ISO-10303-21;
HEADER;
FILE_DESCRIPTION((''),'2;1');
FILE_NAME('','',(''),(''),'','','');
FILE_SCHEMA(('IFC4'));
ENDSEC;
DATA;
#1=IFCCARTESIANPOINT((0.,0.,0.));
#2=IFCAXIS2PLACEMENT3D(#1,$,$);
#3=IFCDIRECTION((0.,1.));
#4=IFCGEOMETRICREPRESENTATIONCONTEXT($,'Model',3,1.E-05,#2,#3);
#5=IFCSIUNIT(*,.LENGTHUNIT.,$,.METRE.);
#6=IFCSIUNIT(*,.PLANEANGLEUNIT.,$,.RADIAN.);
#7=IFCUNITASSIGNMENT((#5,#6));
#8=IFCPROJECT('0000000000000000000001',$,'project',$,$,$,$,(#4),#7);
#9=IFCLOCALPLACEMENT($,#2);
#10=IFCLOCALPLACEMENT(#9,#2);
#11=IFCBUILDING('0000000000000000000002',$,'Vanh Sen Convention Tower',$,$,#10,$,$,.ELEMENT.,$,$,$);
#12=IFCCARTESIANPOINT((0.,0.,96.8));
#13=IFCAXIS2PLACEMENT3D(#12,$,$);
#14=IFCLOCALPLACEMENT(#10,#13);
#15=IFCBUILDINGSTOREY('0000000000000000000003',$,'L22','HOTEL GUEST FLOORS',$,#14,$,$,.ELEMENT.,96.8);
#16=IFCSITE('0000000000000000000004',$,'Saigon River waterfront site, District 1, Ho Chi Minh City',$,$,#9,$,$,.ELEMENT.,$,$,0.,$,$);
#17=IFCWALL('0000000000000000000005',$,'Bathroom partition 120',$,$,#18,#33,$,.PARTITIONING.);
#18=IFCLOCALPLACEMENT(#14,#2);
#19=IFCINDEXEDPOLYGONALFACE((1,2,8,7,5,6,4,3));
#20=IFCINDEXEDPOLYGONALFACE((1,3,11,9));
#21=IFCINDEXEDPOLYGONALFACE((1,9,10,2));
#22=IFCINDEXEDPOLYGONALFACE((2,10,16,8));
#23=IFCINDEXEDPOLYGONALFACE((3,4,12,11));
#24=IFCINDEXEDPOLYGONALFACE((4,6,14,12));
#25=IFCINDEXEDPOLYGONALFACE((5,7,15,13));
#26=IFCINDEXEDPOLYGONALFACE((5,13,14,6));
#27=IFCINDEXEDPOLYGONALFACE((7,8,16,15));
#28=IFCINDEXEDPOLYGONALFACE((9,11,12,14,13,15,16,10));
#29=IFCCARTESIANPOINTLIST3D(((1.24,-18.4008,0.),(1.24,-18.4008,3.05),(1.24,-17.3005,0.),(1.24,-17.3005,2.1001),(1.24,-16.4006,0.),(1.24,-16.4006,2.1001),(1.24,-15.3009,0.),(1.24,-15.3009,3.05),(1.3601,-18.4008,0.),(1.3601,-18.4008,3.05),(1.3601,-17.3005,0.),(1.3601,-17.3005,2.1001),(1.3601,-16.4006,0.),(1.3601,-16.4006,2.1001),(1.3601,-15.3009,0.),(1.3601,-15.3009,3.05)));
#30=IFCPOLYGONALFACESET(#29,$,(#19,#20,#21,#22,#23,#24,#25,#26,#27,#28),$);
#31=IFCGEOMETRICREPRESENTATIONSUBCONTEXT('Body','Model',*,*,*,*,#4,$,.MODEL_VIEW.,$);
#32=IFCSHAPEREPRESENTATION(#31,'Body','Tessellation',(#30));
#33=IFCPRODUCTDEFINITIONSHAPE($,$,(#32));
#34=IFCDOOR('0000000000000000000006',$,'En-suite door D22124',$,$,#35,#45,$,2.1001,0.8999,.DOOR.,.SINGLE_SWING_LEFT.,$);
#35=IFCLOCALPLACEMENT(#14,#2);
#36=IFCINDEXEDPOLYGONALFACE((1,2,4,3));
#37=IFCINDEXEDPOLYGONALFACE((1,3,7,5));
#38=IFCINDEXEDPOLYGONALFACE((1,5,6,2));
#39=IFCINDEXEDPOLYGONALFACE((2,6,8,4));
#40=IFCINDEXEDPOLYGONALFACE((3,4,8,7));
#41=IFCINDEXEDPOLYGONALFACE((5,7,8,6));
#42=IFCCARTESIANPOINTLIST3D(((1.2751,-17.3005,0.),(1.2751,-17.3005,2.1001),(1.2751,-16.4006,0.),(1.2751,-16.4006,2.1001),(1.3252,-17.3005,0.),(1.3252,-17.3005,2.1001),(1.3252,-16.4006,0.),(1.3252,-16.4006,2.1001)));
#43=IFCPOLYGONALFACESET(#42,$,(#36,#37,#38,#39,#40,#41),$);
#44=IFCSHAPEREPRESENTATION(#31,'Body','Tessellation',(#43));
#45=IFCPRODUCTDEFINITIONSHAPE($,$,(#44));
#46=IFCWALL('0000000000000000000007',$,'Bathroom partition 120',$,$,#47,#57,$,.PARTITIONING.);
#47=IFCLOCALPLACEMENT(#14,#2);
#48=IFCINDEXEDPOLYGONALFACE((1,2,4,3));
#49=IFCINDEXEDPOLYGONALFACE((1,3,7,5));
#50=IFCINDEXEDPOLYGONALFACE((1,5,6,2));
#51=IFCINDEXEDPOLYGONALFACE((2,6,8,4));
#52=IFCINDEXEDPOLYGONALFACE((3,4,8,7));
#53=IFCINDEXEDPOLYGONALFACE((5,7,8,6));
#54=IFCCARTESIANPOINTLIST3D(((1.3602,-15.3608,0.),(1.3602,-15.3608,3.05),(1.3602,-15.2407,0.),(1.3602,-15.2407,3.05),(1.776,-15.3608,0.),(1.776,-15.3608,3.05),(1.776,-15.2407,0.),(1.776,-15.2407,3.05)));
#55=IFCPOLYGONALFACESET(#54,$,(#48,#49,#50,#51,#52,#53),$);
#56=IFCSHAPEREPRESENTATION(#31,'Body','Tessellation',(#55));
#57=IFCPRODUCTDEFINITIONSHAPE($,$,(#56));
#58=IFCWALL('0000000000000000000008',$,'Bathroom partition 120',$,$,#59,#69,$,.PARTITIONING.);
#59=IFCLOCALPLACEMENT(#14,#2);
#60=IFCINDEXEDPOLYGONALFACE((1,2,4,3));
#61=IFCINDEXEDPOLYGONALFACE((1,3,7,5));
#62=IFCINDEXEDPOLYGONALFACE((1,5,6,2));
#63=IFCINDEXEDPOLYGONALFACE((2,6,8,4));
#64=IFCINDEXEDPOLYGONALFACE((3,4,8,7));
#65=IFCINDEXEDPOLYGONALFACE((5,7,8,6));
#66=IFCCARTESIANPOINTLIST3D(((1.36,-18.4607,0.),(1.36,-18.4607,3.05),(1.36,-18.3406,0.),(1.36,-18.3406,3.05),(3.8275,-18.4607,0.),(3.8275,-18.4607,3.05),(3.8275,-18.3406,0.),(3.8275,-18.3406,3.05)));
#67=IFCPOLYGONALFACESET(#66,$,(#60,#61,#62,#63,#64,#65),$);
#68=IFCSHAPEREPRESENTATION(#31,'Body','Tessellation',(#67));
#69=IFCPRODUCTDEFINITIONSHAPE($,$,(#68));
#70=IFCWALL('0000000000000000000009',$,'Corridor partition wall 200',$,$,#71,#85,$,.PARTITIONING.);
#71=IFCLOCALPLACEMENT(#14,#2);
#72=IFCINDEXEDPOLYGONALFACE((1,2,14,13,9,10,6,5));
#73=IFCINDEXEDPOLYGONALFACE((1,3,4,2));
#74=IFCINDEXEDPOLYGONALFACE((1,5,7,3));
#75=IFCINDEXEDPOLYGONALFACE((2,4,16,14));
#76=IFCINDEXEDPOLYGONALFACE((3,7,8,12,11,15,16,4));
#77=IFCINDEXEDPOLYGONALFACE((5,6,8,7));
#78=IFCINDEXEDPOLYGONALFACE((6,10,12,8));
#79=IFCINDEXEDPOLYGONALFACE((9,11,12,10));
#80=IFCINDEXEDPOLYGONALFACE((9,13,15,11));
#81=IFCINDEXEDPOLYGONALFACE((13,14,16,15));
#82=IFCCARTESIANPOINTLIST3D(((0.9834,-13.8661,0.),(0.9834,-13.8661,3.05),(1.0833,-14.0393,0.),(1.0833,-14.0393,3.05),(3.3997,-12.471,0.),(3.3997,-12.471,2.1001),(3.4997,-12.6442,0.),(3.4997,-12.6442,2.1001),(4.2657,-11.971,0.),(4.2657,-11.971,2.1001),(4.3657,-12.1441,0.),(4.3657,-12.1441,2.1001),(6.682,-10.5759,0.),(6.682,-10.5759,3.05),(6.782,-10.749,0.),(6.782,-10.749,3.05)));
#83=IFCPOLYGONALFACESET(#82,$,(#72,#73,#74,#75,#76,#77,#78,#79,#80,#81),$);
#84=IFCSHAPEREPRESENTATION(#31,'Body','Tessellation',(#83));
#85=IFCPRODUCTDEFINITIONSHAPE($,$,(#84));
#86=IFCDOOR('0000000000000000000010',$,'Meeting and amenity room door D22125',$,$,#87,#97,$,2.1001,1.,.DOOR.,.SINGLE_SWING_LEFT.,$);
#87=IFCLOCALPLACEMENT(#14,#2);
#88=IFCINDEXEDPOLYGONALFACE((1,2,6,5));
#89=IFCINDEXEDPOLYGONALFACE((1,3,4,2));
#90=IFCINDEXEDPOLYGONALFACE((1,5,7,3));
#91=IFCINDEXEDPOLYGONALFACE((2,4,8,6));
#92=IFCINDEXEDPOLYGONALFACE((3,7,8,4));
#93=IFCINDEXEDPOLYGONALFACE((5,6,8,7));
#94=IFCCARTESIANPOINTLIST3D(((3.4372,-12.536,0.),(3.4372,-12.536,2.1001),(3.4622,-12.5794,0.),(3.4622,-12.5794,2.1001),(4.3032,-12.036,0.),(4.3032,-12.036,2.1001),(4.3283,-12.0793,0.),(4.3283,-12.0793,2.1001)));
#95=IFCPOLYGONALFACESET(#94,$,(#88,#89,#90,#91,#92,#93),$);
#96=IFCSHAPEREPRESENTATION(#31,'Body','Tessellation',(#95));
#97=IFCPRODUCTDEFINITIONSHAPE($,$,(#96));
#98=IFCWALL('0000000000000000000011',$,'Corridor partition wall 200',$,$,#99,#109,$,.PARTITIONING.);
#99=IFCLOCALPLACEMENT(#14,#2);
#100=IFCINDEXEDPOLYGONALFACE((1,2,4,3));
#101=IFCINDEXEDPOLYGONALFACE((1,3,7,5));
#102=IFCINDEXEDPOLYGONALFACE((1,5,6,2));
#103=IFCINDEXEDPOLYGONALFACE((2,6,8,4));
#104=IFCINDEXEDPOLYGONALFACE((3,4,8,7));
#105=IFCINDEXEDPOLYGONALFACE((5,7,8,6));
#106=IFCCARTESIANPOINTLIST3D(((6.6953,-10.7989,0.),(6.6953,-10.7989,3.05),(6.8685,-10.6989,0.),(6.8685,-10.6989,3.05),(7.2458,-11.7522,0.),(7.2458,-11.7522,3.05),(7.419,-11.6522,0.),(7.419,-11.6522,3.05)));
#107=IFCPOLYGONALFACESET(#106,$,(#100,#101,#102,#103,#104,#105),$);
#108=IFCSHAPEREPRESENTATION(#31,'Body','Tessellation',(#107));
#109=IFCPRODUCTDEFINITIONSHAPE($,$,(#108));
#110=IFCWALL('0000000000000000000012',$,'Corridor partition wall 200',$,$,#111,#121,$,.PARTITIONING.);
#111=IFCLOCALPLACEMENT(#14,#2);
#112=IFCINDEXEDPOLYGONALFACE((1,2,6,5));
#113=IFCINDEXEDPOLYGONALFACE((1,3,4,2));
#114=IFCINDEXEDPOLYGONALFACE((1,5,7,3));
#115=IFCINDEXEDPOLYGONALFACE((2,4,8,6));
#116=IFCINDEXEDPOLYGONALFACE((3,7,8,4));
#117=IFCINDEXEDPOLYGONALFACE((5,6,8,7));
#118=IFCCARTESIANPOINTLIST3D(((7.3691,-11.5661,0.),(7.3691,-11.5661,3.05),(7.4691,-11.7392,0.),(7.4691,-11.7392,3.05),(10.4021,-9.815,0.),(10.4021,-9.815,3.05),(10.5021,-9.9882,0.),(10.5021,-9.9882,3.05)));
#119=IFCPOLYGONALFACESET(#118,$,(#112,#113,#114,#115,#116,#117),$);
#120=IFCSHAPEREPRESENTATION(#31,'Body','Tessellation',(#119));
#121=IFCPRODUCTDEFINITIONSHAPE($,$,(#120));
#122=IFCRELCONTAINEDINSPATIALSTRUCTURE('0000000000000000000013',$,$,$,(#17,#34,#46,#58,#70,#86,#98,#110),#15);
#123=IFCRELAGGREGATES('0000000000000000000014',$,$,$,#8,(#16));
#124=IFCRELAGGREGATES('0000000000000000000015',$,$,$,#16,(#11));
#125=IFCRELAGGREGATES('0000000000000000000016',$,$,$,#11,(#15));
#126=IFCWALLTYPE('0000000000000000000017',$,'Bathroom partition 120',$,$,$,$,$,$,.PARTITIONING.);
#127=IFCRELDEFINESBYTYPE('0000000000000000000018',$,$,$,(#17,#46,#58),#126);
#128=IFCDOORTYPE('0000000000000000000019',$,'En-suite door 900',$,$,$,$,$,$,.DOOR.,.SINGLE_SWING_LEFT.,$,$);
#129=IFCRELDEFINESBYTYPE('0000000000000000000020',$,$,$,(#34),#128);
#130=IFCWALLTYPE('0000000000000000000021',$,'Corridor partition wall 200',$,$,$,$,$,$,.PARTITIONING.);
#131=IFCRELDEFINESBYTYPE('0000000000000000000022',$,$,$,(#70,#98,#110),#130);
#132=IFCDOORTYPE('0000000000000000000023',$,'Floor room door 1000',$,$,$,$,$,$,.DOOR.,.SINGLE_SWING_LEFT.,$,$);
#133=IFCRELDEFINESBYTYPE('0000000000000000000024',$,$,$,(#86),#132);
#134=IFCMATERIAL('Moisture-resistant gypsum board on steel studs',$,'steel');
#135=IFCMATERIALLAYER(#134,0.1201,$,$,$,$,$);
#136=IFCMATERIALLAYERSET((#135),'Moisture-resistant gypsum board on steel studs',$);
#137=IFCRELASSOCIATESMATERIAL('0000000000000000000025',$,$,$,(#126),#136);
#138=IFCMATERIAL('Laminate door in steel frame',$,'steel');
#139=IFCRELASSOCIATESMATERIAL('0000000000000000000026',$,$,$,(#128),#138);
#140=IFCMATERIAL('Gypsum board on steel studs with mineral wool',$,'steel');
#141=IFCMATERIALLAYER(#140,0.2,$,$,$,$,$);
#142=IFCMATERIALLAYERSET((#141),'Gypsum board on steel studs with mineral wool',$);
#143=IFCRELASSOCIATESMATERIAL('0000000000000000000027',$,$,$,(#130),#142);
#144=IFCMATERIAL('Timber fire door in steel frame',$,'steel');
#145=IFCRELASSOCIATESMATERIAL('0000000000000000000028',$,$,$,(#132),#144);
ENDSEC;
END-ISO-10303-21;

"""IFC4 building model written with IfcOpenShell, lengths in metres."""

from ifc_helpers import new_model, si_unit, direction, frame, frame_2d, origin, place, context, subcontext, project, spatial, rectangle, extrude, material, layer, layer_set, type_object, element, fill, save


model = new_model("IFC4")

# Units and contexts
model_context = context("Model", 3, precision=1e-05, world=origin(), true_north=direction((0.0, 1.0)))
body_context = subcontext(model_context, "Body", "Model", "MODEL_VIEW")
ifc_project = project(units=[si_unit("LENGTHUNIT", "METRE"), si_unit("PLANEANGLEUNIT", "RADIAN")], contexts=[model_context])

# Site, building, storey
site_placement = place(None, origin())
site = spatial("IfcSite", under=ifc_project, at=site_placement, Name="Saigon River waterfront site, District 1, Ho Chi Minh City", CompositionType="ELEMENT", RefElevation=0.0)
building_placement = place(site_placement, origin())
building = spatial("IfcBuilding", under=site, at=building_placement, Name="Vanh Sen Convention Tower", CompositionType="ELEMENT")
storey_placement = place(building_placement, frame((0.0, 0.0, 96.8)))
storey = spatial("IfcBuildingStorey", under=building, at=storey_placement, Name="L22", Description="HOTEL GUEST FLOORS", CompositionType="ELEMENT", Elevation=96.8)

# Wall, opening, door
ifc_material_1 = material(Name="Moisture-resistant gypsum board on steel studs", Category="steel")
ifc_layer_1 = layer(ifc_material_1, 0.1201)
ifc_layer_set_1 = layer_set([ifc_layer_1], Name="Moisture-resistant gypsum board on steel studs")
wall_type_1 = type_object("IfcWallType", Name="Bathroom partition 120", PredefinedType="PARTITIONING", material=ifc_layer_set_1)
wall_1_placement = place(storey_placement, frame((1.3, -18.4006, 0.0), z_axis=(0.0, 0.0, 1.0), x_axis=(0.0, 1.0, 0.0)))
wall_1 = element("IfcWall", 1, at=wall_1_placement, inside=storey, type_object=wall_type_1, Name="Bathroom partition 120", PredefinedType="PARTITIONING", context=body_context, shape_type="SweptSolid", body=[
    extrude(rectangle(XDim=3.0999, YDim=0.1201, at=frame_2d((1.5498, 0.0))), origin(), (0.0, 0.0, 1.0), 3.05),
])
opening_1_placement = place(wall_1_placement, frame((1.1001, 0.0, 0.0)))
opening_1 = element("IfcOpeningElement", 2, at=opening_1_placement, cuts=wall_1, PredefinedType="OPENING", context=body_context, shape_type="SweptSolid", body=[
    extrude(rectangle(XDim=0.8999, YDim=2.1001, at=frame_2d((0.45, 1.05))), frame((0.0, 0.0701, 0.0), z_axis=(0.0, -1.0, 0.0), x_axis=(1.0, 0.0, 0.0)), (0.0, 0.0, 1.0), 0.1401),
])
ifc_material_2 = material(Name="Laminate door in steel frame", Category="steel")
door_type_1 = type_object("IfcDoorType", Name="En-suite door 900", OperationType="SINGLE_SWING_LEFT", PredefinedType="DOOR", material=ifc_material_2)
door_1_placement = place(opening_1_placement, origin())
door_1 = element("IfcDoor", 3, at=door_1_placement, inside=storey, type_object=door_type_1, Name="En-suite door D22124", OperationType="SINGLE_SWING_LEFT", OverallHeight=2.1001, OverallWidth=0.8999, PredefinedType="DOOR", context=body_context, shape_type="SweptSolid", body=[
    extrude(rectangle(XDim=0.8999, YDim=2.1001, at=frame_2d((0.45, 1.05))), frame((0.0, 0.0249, 0.0), z_axis=(0.0, -1.0, 0.0), x_axis=(1.0, 0.0, 0.0)), (0.0, 0.0, 1.0), 0.05),
])
fill(opening_1, door_1)

# Walls
wall_2_placement = place(storey_placement, frame((1.3601, -15.3008, 0.0), z_axis=(0.0, 0.0, 1.0), x_axis=(1.0, 0.0, 0.0)))
element("IfcWall", 4, at=wall_2_placement, inside=storey, type_object=wall_type_1, Name="Bathroom partition 120", PredefinedType="PARTITIONING", context=body_context, shape_type="SweptSolid", body=[
    extrude(rectangle(XDim=0.4158, YDim=0.1201, at=frame_2d((0.208, 0.0))), origin(), (0.0, 0.0, 1.0), 3.05),
])
wall_3_placement = place(storey_placement, frame((3.8276, -18.4006, 0.0), z_axis=(0.0, 0.0, 1.0), x_axis=(-1.0, 0.0, 0.0)))
element("IfcWall", 5, at=wall_3_placement, inside=storey, type_object=wall_type_1, Name="Bathroom partition 120", PredefinedType="PARTITIONING", context=body_context, shape_type="SweptSolid", body=[
    extrude(rectangle(XDim=2.4675, YDim=0.1201, at=frame_2d((1.2339, 0.0))), origin(), (0.0, 0.0, 1.0), 3.05),
])

# Wall, opening, door
ifc_material_3 = material(Name="Gypsum board on steel studs with mineral wool", Category="steel")
ifc_layer_2 = layer(ifc_material_3, 0.2)
ifc_layer_set_2 = layer_set([ifc_layer_2], Name="Gypsum board on steel studs with mineral wool")
wall_type_2 = type_object("IfcWallType", Name="Corridor partition wall 200", PredefinedType="PARTITIONING", material=ifc_layer_set_2)
wall_4_placement = place(storey_placement, frame((1.0334, -13.9526, 0.0), z_axis=(0.0, 0.0, 1.0), x_axis=(0.866018, 0.500014, 0.0)))
wall_4 = element("IfcWall", 6, at=wall_4_placement, inside=storey, type_object=wall_type_2, Name="Corridor partition wall 200", PredefinedType="PARTITIONING", context=body_context, shape_type="SweptSolid", body=[
    extrude(rectangle(XDim=6.5803, YDim=0.2, at=frame_2d((3.29, 0.0))), origin(), (0.0, 0.0, 1.0), 3.05),
])
opening_2_placement = place(wall_4_placement, frame((2.79, 0.0, 0.0)))
opening_2 = element("IfcOpeningElement", 7, at=opening_2_placement, cuts=wall_4, PredefinedType="OPENING", context=body_context, shape_type="SweptSolid", body=[
    extrude(rectangle(XDim=1.0, YDim=2.1001, at=frame_2d((0.5, 1.05))), frame((0.0, 0.1099, 0.0), z_axis=(0.0, -1.0, 0.0), x_axis=(1.0, 0.0, 0.0)), (0.0, 0.0, 1.0), 0.22),
])
ifc_material_4 = material(Name="Timber fire door in steel frame", Category="steel")
door_type_2 = type_object("IfcDoorType", Name="Floor room door 1000", OperationType="SINGLE_SWING_LEFT", PredefinedType="DOOR", material=ifc_material_4)
door_2_placement = place(opening_2_placement, origin())
door_2 = element("IfcDoor", 8, at=door_2_placement, inside=storey, type_object=door_type_2, Name="Meeting and amenity room door D22125", OperationType="SINGLE_SWING_LEFT", OverallHeight=2.1001, OverallWidth=1.0, PredefinedType="DOOR", context=body_context, shape_type="SweptSolid", body=[
    extrude(rectangle(XDim=1.0, YDim=2.1001, at=frame_2d((0.5, 1.05))), frame((0.0, 0.0249, 0.0), z_axis=(0.0, -1.0, 0.0), x_axis=(1.0, 0.0, 0.0)), (0.0, 0.0, 1.0), 0.05),
])
fill(opening_2, door_2)

# Walls
wall_5_placement = place(storey_placement, frame((6.782, -10.749, 0.0), z_axis=(0.0, 0.0, 1.0), x_axis=(0.500074, -0.865982, 0.0)))
element("IfcWall", 9, at=wall_5_placement, inside=storey, type_object=wall_type_2, Name="Corridor partition wall 200", PredefinedType="PARTITIONING", context=body_context, shape_type="SweptSolid", body=[
    extrude(rectangle(XDim=1.1008, YDim=0.2, at=frame_2d((0.5503, 0.0))), origin(), (0.0, 0.0, 1.0), 3.05),
])
wall_6_placement = place(storey_placement, frame((7.4192, -11.6526, 0.0), z_axis=(0.0, 0.0, 1.0), x_axis=(0.866038, 0.499978, 0.0)))
element("IfcWall", 10, at=wall_6_placement, inside=storey, type_object=wall_type_2, Name="Corridor partition wall 200", PredefinedType="PARTITIONING", context=body_context, shape_type="SweptSolid", body=[
    extrude(rectangle(XDim=3.5022, YDim=0.2, at=frame_2d((1.751, 0.0))), origin(), (0.0, 0.0, 1.0), 3.05),
])

save(model, "model.ifc")
